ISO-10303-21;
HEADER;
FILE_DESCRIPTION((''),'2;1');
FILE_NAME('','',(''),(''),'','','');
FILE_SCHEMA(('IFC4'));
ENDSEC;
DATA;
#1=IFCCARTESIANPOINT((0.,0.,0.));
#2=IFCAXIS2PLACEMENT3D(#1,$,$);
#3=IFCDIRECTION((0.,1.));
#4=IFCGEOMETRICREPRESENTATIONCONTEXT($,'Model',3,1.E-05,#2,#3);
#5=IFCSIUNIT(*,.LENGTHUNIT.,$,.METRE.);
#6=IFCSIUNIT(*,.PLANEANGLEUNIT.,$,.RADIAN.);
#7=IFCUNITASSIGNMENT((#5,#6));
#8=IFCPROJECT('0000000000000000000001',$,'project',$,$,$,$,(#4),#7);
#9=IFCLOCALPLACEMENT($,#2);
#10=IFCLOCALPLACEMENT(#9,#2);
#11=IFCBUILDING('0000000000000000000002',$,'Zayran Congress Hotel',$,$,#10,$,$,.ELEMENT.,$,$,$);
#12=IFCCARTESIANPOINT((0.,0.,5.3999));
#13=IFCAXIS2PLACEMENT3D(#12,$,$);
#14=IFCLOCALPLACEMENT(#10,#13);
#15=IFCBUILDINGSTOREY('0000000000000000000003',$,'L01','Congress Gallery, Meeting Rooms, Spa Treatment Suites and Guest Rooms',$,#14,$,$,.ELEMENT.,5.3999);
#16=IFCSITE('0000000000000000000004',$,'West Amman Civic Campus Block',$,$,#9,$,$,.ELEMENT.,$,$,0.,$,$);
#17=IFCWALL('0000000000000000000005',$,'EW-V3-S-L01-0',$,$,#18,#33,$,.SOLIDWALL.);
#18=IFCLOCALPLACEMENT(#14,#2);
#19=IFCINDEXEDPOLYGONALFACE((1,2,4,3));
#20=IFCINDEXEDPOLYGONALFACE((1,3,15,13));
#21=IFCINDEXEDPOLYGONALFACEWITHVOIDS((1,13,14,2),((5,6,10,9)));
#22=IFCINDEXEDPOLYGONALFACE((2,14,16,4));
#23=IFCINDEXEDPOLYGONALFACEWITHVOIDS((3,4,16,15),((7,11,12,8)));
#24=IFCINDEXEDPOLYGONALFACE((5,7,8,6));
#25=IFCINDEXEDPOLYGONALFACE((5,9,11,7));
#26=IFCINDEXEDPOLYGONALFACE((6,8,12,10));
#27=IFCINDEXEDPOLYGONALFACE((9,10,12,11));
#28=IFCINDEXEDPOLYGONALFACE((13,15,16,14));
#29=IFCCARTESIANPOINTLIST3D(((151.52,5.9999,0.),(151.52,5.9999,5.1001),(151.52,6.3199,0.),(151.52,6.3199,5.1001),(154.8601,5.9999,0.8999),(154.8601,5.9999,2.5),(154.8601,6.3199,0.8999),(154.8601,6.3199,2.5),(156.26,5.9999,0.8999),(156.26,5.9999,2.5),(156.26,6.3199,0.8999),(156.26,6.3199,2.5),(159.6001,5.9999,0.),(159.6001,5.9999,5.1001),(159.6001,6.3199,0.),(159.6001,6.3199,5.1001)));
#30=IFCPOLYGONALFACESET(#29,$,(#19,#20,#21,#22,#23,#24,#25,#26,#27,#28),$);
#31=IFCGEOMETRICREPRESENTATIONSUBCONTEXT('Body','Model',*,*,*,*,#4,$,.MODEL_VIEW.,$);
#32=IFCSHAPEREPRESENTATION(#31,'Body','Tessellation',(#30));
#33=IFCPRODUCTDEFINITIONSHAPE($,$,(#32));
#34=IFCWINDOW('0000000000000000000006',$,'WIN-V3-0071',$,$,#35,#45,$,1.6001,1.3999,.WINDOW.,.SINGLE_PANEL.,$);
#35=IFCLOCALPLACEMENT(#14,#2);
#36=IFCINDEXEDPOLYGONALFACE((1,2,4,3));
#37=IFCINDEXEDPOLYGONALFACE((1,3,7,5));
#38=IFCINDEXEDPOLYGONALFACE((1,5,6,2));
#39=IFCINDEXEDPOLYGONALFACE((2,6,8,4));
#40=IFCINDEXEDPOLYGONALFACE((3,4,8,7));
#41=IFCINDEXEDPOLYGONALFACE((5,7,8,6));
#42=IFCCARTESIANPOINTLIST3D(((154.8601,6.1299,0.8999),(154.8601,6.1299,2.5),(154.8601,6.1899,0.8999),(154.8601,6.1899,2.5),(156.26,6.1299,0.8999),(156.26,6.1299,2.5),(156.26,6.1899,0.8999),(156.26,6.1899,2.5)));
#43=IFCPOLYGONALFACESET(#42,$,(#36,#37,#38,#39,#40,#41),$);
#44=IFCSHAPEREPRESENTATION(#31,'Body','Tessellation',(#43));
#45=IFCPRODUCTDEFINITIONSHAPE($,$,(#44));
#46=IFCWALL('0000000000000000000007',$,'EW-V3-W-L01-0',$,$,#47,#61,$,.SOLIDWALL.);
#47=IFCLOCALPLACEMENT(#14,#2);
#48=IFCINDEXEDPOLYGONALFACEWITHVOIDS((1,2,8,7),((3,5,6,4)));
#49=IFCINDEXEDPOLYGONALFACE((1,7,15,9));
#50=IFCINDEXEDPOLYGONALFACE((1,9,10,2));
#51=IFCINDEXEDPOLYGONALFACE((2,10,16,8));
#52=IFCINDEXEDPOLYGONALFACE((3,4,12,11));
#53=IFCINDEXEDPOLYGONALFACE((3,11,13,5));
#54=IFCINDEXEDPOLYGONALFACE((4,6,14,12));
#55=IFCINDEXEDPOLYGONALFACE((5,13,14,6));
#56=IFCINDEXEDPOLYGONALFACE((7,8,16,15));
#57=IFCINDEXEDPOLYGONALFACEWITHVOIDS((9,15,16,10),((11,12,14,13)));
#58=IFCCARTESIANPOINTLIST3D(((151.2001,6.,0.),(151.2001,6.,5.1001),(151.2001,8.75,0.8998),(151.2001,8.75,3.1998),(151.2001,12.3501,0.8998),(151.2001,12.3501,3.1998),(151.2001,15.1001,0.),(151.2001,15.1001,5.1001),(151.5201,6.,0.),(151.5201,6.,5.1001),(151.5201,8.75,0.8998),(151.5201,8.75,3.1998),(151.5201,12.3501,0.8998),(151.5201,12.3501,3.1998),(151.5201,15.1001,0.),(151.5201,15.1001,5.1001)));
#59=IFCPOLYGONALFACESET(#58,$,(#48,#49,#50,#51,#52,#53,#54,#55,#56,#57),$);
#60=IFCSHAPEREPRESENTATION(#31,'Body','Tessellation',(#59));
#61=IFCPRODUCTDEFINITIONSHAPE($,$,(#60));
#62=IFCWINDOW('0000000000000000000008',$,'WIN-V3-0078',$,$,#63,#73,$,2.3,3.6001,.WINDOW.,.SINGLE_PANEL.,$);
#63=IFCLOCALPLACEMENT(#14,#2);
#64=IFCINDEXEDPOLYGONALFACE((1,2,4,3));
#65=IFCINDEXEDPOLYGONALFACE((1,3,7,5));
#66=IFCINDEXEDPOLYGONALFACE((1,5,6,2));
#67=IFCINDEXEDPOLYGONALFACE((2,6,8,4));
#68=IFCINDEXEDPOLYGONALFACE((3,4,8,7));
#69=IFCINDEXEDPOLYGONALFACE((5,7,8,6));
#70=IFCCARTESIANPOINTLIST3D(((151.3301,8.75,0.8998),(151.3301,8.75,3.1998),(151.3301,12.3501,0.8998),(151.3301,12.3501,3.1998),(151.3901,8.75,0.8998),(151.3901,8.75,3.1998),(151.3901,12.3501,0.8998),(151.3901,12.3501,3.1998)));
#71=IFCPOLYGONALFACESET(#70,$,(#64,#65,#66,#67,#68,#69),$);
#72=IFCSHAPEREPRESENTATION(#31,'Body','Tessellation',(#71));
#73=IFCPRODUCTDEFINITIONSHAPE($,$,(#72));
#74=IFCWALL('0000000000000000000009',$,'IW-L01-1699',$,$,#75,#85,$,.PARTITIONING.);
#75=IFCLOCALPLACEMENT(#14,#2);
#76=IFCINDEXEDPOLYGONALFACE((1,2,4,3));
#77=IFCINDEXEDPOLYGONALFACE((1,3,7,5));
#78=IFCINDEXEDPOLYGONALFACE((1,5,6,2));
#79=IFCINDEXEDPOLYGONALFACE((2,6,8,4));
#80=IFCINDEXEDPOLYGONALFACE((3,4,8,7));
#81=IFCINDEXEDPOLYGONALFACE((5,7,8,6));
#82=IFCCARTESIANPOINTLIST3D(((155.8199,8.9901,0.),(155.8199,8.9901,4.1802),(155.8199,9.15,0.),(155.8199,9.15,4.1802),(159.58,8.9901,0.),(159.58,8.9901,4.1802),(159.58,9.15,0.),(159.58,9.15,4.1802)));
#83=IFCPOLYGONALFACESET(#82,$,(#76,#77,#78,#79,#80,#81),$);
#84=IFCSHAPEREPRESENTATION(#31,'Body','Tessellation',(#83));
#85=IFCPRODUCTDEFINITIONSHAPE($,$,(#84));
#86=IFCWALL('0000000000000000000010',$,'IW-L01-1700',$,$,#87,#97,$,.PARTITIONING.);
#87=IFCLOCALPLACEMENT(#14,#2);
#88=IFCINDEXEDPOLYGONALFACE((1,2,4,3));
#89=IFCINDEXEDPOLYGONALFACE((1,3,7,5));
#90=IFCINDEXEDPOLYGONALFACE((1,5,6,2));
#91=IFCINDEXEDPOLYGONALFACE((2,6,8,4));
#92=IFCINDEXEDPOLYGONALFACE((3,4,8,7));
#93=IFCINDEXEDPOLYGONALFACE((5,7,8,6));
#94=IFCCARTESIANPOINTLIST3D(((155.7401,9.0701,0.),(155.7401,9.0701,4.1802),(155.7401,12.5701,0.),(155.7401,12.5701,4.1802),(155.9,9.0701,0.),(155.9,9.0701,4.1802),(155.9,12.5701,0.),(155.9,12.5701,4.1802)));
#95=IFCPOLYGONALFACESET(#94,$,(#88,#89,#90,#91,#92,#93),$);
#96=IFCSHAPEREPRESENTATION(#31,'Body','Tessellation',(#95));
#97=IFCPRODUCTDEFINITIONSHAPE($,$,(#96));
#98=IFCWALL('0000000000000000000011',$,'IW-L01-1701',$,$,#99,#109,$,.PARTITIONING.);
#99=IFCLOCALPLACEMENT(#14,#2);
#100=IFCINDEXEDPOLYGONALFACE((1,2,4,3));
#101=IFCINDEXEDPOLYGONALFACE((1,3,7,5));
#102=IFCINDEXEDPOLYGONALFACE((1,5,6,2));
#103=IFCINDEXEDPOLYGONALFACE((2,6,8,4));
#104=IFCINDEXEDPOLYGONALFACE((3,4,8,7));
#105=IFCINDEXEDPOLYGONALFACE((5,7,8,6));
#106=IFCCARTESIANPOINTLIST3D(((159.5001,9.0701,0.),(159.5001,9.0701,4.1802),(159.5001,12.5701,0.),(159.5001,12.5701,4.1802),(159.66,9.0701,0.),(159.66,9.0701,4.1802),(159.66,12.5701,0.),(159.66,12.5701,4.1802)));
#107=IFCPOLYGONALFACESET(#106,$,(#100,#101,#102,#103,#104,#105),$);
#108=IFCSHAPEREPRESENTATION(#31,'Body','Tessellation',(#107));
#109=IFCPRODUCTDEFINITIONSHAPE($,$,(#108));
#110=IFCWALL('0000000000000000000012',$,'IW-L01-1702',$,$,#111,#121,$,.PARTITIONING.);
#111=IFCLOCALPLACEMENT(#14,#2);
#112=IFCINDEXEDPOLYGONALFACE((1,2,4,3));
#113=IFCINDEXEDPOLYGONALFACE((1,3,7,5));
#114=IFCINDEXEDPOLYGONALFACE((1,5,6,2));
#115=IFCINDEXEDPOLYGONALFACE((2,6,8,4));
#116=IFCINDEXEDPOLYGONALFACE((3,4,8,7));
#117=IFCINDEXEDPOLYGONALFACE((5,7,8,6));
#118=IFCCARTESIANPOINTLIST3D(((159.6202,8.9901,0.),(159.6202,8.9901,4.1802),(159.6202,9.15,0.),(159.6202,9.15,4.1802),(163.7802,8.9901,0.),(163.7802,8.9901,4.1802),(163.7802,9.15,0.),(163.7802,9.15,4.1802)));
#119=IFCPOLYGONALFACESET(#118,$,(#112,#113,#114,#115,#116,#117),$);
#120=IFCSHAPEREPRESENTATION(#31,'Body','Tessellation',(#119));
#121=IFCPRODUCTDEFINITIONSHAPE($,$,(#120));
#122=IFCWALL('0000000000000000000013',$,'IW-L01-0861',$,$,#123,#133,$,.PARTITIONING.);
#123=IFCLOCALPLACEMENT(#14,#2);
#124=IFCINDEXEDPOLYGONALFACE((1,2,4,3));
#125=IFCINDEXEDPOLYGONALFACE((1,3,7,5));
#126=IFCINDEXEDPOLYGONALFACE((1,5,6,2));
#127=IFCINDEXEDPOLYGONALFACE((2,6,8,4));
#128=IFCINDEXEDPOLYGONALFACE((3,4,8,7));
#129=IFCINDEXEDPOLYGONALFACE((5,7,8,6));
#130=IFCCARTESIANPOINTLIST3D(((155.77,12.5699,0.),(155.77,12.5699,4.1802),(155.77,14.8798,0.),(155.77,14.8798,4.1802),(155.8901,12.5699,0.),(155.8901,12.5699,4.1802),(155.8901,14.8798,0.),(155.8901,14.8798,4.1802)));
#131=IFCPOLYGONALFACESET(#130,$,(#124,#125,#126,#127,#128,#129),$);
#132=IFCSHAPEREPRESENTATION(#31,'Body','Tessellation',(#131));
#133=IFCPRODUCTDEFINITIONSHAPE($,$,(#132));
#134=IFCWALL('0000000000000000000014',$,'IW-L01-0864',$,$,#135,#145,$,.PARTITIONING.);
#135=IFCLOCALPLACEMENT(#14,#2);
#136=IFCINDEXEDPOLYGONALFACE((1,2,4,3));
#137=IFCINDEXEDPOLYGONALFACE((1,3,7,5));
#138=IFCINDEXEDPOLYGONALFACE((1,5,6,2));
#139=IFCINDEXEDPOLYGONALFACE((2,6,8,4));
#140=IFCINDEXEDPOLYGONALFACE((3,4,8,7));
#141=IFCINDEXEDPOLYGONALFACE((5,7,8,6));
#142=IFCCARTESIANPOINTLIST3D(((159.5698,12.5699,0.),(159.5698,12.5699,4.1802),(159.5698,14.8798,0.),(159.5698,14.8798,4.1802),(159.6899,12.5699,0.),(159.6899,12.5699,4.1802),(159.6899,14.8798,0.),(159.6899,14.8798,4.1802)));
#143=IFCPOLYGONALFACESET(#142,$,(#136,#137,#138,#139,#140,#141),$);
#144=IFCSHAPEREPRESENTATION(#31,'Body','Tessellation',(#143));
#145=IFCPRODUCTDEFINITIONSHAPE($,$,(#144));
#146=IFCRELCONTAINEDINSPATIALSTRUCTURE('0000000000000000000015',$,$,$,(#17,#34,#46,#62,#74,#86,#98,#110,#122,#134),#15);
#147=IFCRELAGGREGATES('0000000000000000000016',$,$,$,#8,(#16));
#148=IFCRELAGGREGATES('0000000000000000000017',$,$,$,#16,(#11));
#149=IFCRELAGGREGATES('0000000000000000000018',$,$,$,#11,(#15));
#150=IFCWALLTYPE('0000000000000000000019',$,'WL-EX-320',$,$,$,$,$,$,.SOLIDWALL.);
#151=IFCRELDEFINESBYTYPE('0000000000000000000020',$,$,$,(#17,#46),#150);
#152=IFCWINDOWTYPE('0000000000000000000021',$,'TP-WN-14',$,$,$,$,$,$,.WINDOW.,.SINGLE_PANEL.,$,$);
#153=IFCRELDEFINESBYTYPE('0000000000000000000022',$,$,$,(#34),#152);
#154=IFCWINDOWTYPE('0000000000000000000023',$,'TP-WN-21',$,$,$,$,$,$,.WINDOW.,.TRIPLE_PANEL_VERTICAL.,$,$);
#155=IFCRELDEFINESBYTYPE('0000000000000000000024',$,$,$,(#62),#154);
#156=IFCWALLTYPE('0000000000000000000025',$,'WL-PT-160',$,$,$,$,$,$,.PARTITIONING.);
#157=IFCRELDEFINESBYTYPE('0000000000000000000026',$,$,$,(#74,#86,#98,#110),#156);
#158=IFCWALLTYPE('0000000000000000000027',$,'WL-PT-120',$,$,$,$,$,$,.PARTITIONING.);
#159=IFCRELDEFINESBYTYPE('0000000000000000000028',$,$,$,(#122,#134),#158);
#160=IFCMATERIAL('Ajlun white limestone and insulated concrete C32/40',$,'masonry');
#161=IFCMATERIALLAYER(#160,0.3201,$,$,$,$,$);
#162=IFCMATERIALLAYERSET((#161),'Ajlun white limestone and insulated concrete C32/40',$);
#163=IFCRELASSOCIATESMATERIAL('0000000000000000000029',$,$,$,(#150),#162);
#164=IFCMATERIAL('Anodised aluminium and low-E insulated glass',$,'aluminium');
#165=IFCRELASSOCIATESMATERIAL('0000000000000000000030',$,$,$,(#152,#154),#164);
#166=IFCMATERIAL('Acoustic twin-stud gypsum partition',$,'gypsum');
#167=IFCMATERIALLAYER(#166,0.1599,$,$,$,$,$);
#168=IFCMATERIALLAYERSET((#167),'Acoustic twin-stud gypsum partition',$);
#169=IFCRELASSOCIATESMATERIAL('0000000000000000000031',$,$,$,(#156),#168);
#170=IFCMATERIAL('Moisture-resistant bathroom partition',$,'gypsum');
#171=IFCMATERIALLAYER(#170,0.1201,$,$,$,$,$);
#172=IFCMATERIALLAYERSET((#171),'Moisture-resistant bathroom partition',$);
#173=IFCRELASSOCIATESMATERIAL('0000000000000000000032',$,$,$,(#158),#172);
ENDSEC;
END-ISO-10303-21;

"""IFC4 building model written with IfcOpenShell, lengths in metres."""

from ifc_helpers import new_model, si_unit, direction, frame, frame_2d, origin, place, context, subcontext, project, spatial, rectangle, extrude, material, layer, layer_set, type_object, element, fill, save


model = new_model("IFC4")

# Units and contexts
model_context = context("Model", 3, precision=1e-05, world=origin(), true_north=direction((0.0, 1.0)))
body_context = subcontext(model_context, "Body", "Model", "MODEL_VIEW")
ifc_project = project(units=[si_unit("LENGTHUNIT", "METRE"), si_unit("PLANEANGLEUNIT", "RADIAN")], contexts=[model_context])

# Site, building, storey
site_placement = place(None, origin())
site = spatial("IfcSite", under=ifc_project, at=site_placement, Name="West Amman Civic Campus Block", CompositionType="ELEMENT", RefElevation=0.0)
building_placement = place(site_placement, origin())
building = spatial("IfcBuilding", under=site, at=building_placement, Name="Zayran Congress Hotel", CompositionType="ELEMENT")
storey_placement = place(building_placement, frame((0.0, 0.0, 5.3999)))
storey = spatial("IfcBuildingStorey", under=building, at=storey_placement, Name="L01", Description="Congress Gallery, Meeting Rooms, Spa Treatment Suites and Guest Rooms", CompositionType="ELEMENT", Elevation=5.3999)

# Shared definitions
ifc_material_1 = material(Name="Anodised aluminium and low-E insulated glass", Category="aluminium")

# Walls, openings, windows
ifc_material_2 = material(Name="Ajlun white limestone and insulated concrete C32/40", Category="masonry")
ifc_layer_1 = layer(ifc_material_2, 0.3201)
ifc_layer_set_1 = layer_set([ifc_layer_1], Name="Ajlun white limestone and insulated concrete C32/40")
wall_type_1 = type_object("IfcWallType", Name="WL-EX-320", PredefinedType="SOLIDWALL", material=ifc_layer_set_1)
wall_1_placement = place(storey_placement, frame((159.6001, 6.1599, 0.0), z_axis=(0.0, 0.0, 1.0), x_axis=(-1.0, 0.0, 0.0)))
wall_1 = element("IfcWall", 1, at=wall_1_placement, inside=storey, type_object=wall_type_1, Name="EW-V3-S-L01-0", PredefinedType="SOLIDWALL", context=body_context, shape_type="SweptSolid", body=[
    extrude(rectangle(XDim=8.0801, YDim=0.3201, at=frame_2d((4.04, 0.0))), origin(), (0.0, 0.0, 1.0), 5.1001),
])
opening_1_placement = place(wall_1_placement, frame((3.3401, 0.0, 0.8999)))
opening_1 = element("IfcOpeningElement", 2, at=opening_1_placement, cuts=wall_1, PredefinedType="OPENING", context=body_context, shape_type="SweptSolid", body=[
    extrude(rectangle(XDim=1.3999, YDim=1.6001, at=frame_2d((0.7, 0.8))), frame((0.0, 0.1699, 0.0), z_axis=(0.0, -1.0, 0.0), x_axis=(1.0, 0.0, 0.0)), (0.0, 0.0, 1.0), 0.3401),
])
window_type_1 = type_object("IfcWindowType", Name="TP-WN-14", PartitioningType="SINGLE_PANEL", PredefinedType="WINDOW", material=ifc_material_1)
window_1_placement = place(opening_1_placement, origin())
window_1 = element("IfcWindow", 3, at=window_1_placement, inside=storey, type_object=window_type_1, Name="WIN-V3-0071", OverallHeight=1.6001, OverallWidth=1.3999, PartitioningType="SINGLE_PANEL", PredefinedType="WINDOW", context=body_context, shape_type="SweptSolid", body=[
    extrude(rectangle(XDim=1.3999, YDim=1.6001, at=frame_2d((0.7, 0.8))), frame((0.0, 0.03, 0.0), z_axis=(0.0, -1.0, 0.0), x_axis=(1.0, 0.0, 0.0)), (0.0, 0.0, 1.0), 0.0601),
])
fill(opening_1, window_1)
wall_2_placement = place(storey_placement, frame((151.3601, 6.0, 0.0), z_axis=(0.0, 0.0, 1.0), x_axis=(0.0, 1.0, 0.0)))
wall_2 = element("IfcWall", 4, at=wall_2_placement, inside=storey, type_object=wall_type_1, Name="EW-V3-W-L01-0", PredefinedType="SOLIDWALL", context=body_context, shape_type="SweptSolid", body=[
    extrude(rectangle(XDim=9.1001, YDim=0.3201, at=frame_2d((4.55, 0.0))), origin(), (0.0, 0.0, 1.0), 5.1001),
])
opening_2_placement = place(wall_2_placement, frame((2.75, 0.0, 0.8999)))
opening_2 = element("IfcOpeningElement", 5, at=opening_2_placement, cuts=wall_2, PredefinedType="OPENING", context=body_context, shape_type="SweptSolid", body=[
    extrude(rectangle(XDim=3.6001, YDim=2.3, at=frame_2d((1.8, 1.1499))), frame((0.0, 0.1699, 0.0), z_axis=(0.0, -1.0, 0.0), x_axis=(1.0, 0.0, 0.0)), (0.0, 0.0, 1.0), 0.3401),
])
window_type_2 = type_object("IfcWindowType", Name="TP-WN-21", PartitioningType="TRIPLE_PANEL_VERTICAL", PredefinedType="WINDOW", material=ifc_material_1)
window_2_placement = place(opening_2_placement, origin())
window_2 = element("IfcWindow", 6, at=window_2_placement, inside=storey, type_object=window_type_2, Name="WIN-V3-0078", OverallHeight=2.3, OverallWidth=3.6001, PartitioningType="SINGLE_PANEL", PredefinedType="WINDOW", context=body_context, shape_type="SweptSolid", body=[
    extrude(rectangle(XDim=3.6001, YDim=2.3, at=frame_2d((1.8, 1.1499))), frame((0.0, 0.03, 0.0), z_axis=(0.0, -1.0, 0.0), x_axis=(1.0, 0.0, 0.0)), (0.0, 0.0, 1.0), 0.0601),
])
fill(opening_2, window_2)

# Walls
ifc_material_3 = material(Name="Acoustic twin-stud gypsum partition", Category="gypsum")
ifc_layer_2 = layer(ifc_material_3, 0.1599)
ifc_layer_set_2 = layer_set([ifc_layer_2], Name="Acoustic twin-stud gypsum partition")
wall_type_2 = type_object("IfcWallType", Name="WL-PT-160", PredefinedType="PARTITIONING", material=ifc_layer_set_2)
wall_3_placement = place(storey_placement, frame((155.8201, 9.0701, 0.0), z_axis=(0.0, 0.0, 1.0), x_axis=(1.0, 0.0, 0.0)))
element("IfcWall", 7, at=wall_3_placement, inside=storey, type_object=wall_type_2, Name="IW-L01-1699", PredefinedType="PARTITIONING", context=body_context, shape_type="SweptSolid", body=[
    extrude(rectangle(XDim=3.76, YDim=0.1599, at=frame_2d((1.8799, 0.0))), origin(), (0.0, 0.0, 1.0), 4.1802),
])
for number, where, z_axis, x_axis, name in (
    (8, (155.8201, 9.0701, 0.0), (0.0, 0.0, 1.0), (0.0, 1.0, 0.0), "IW-L01-1700"),
    (9, (159.5801, 9.0701, 0.0), (0.0, 0.0, 1.0), (0.0, 1.0, 0.0), "IW-L01-1701"),
):
    element("IfcWall", number, at=place(storey_placement, frame(where, z_axis=z_axis, x_axis=x_axis)), inside=storey, type_object=wall_type_2, Name=name, PredefinedType="PARTITIONING", context=body_context, shape_type="SweptSolid", body=[
        extrude(rectangle(XDim=3.5, YDim=0.1599, at=frame_2d((1.75, 0.0))), origin(), (0.0, 0.0, 1.0), 4.1802),
    ])
wall_4_placement = place(storey_placement, frame((159.6201, 9.0701, 0.0), z_axis=(0.0, 0.0, 1.0), x_axis=(1.0, 0.0, 0.0)))
element("IfcWall", 10, at=wall_4_placement, inside=storey, type_object=wall_type_2, Name="IW-L01-1702", PredefinedType="PARTITIONING", context=body_context, shape_type="SweptSolid", body=[
    extrude(rectangle(XDim=4.1599, YDim=0.1599, at=frame_2d((2.0801, 0.0))), origin(), (0.0, 0.0, 1.0), 4.1802),
])

# Shared definitions
ifc_material_4 = material(Name="Moisture-resistant bathroom partition", Category="gypsum")
ifc_layer_3 = layer(ifc_material_4, 0.1201)
ifc_layer_set_3 = layer_set([ifc_layer_3], Name="Moisture-resistant bathroom partition")
wall_type_3 = type_object("IfcWallType", Name="WL-PT-120", PredefinedType="PARTITIONING", material=ifc_layer_set_3)

# Walls
for number, where, z_axis, x_axis, name in (
    (11, (155.8301, 12.5701, 0.0), (0.0, 0.0, 1.0), (0.0, 1.0, 0.0), "IW-L01-0861"),
    (12, (159.6299, 12.5701, 0.0), (0.0, 0.0, 1.0), (0.0, 1.0, 0.0), "IW-L01-0864"),
):
    element("IfcWall", number, at=place(storey_placement, frame(where, z_axis=z_axis, x_axis=x_axis)), inside=storey, type_object=wall_type_3, Name=name, PredefinedType="PARTITIONING", context=body_context, shape_type="SweptSolid", body=[
        extrude(rectangle(XDim=2.3098, YDim=0.1201, at=frame_2d((1.1548, 0.0))), origin(), (0.0, 0.0, 1.0), 4.1802),
    ])

save(model, "model.ifc")
